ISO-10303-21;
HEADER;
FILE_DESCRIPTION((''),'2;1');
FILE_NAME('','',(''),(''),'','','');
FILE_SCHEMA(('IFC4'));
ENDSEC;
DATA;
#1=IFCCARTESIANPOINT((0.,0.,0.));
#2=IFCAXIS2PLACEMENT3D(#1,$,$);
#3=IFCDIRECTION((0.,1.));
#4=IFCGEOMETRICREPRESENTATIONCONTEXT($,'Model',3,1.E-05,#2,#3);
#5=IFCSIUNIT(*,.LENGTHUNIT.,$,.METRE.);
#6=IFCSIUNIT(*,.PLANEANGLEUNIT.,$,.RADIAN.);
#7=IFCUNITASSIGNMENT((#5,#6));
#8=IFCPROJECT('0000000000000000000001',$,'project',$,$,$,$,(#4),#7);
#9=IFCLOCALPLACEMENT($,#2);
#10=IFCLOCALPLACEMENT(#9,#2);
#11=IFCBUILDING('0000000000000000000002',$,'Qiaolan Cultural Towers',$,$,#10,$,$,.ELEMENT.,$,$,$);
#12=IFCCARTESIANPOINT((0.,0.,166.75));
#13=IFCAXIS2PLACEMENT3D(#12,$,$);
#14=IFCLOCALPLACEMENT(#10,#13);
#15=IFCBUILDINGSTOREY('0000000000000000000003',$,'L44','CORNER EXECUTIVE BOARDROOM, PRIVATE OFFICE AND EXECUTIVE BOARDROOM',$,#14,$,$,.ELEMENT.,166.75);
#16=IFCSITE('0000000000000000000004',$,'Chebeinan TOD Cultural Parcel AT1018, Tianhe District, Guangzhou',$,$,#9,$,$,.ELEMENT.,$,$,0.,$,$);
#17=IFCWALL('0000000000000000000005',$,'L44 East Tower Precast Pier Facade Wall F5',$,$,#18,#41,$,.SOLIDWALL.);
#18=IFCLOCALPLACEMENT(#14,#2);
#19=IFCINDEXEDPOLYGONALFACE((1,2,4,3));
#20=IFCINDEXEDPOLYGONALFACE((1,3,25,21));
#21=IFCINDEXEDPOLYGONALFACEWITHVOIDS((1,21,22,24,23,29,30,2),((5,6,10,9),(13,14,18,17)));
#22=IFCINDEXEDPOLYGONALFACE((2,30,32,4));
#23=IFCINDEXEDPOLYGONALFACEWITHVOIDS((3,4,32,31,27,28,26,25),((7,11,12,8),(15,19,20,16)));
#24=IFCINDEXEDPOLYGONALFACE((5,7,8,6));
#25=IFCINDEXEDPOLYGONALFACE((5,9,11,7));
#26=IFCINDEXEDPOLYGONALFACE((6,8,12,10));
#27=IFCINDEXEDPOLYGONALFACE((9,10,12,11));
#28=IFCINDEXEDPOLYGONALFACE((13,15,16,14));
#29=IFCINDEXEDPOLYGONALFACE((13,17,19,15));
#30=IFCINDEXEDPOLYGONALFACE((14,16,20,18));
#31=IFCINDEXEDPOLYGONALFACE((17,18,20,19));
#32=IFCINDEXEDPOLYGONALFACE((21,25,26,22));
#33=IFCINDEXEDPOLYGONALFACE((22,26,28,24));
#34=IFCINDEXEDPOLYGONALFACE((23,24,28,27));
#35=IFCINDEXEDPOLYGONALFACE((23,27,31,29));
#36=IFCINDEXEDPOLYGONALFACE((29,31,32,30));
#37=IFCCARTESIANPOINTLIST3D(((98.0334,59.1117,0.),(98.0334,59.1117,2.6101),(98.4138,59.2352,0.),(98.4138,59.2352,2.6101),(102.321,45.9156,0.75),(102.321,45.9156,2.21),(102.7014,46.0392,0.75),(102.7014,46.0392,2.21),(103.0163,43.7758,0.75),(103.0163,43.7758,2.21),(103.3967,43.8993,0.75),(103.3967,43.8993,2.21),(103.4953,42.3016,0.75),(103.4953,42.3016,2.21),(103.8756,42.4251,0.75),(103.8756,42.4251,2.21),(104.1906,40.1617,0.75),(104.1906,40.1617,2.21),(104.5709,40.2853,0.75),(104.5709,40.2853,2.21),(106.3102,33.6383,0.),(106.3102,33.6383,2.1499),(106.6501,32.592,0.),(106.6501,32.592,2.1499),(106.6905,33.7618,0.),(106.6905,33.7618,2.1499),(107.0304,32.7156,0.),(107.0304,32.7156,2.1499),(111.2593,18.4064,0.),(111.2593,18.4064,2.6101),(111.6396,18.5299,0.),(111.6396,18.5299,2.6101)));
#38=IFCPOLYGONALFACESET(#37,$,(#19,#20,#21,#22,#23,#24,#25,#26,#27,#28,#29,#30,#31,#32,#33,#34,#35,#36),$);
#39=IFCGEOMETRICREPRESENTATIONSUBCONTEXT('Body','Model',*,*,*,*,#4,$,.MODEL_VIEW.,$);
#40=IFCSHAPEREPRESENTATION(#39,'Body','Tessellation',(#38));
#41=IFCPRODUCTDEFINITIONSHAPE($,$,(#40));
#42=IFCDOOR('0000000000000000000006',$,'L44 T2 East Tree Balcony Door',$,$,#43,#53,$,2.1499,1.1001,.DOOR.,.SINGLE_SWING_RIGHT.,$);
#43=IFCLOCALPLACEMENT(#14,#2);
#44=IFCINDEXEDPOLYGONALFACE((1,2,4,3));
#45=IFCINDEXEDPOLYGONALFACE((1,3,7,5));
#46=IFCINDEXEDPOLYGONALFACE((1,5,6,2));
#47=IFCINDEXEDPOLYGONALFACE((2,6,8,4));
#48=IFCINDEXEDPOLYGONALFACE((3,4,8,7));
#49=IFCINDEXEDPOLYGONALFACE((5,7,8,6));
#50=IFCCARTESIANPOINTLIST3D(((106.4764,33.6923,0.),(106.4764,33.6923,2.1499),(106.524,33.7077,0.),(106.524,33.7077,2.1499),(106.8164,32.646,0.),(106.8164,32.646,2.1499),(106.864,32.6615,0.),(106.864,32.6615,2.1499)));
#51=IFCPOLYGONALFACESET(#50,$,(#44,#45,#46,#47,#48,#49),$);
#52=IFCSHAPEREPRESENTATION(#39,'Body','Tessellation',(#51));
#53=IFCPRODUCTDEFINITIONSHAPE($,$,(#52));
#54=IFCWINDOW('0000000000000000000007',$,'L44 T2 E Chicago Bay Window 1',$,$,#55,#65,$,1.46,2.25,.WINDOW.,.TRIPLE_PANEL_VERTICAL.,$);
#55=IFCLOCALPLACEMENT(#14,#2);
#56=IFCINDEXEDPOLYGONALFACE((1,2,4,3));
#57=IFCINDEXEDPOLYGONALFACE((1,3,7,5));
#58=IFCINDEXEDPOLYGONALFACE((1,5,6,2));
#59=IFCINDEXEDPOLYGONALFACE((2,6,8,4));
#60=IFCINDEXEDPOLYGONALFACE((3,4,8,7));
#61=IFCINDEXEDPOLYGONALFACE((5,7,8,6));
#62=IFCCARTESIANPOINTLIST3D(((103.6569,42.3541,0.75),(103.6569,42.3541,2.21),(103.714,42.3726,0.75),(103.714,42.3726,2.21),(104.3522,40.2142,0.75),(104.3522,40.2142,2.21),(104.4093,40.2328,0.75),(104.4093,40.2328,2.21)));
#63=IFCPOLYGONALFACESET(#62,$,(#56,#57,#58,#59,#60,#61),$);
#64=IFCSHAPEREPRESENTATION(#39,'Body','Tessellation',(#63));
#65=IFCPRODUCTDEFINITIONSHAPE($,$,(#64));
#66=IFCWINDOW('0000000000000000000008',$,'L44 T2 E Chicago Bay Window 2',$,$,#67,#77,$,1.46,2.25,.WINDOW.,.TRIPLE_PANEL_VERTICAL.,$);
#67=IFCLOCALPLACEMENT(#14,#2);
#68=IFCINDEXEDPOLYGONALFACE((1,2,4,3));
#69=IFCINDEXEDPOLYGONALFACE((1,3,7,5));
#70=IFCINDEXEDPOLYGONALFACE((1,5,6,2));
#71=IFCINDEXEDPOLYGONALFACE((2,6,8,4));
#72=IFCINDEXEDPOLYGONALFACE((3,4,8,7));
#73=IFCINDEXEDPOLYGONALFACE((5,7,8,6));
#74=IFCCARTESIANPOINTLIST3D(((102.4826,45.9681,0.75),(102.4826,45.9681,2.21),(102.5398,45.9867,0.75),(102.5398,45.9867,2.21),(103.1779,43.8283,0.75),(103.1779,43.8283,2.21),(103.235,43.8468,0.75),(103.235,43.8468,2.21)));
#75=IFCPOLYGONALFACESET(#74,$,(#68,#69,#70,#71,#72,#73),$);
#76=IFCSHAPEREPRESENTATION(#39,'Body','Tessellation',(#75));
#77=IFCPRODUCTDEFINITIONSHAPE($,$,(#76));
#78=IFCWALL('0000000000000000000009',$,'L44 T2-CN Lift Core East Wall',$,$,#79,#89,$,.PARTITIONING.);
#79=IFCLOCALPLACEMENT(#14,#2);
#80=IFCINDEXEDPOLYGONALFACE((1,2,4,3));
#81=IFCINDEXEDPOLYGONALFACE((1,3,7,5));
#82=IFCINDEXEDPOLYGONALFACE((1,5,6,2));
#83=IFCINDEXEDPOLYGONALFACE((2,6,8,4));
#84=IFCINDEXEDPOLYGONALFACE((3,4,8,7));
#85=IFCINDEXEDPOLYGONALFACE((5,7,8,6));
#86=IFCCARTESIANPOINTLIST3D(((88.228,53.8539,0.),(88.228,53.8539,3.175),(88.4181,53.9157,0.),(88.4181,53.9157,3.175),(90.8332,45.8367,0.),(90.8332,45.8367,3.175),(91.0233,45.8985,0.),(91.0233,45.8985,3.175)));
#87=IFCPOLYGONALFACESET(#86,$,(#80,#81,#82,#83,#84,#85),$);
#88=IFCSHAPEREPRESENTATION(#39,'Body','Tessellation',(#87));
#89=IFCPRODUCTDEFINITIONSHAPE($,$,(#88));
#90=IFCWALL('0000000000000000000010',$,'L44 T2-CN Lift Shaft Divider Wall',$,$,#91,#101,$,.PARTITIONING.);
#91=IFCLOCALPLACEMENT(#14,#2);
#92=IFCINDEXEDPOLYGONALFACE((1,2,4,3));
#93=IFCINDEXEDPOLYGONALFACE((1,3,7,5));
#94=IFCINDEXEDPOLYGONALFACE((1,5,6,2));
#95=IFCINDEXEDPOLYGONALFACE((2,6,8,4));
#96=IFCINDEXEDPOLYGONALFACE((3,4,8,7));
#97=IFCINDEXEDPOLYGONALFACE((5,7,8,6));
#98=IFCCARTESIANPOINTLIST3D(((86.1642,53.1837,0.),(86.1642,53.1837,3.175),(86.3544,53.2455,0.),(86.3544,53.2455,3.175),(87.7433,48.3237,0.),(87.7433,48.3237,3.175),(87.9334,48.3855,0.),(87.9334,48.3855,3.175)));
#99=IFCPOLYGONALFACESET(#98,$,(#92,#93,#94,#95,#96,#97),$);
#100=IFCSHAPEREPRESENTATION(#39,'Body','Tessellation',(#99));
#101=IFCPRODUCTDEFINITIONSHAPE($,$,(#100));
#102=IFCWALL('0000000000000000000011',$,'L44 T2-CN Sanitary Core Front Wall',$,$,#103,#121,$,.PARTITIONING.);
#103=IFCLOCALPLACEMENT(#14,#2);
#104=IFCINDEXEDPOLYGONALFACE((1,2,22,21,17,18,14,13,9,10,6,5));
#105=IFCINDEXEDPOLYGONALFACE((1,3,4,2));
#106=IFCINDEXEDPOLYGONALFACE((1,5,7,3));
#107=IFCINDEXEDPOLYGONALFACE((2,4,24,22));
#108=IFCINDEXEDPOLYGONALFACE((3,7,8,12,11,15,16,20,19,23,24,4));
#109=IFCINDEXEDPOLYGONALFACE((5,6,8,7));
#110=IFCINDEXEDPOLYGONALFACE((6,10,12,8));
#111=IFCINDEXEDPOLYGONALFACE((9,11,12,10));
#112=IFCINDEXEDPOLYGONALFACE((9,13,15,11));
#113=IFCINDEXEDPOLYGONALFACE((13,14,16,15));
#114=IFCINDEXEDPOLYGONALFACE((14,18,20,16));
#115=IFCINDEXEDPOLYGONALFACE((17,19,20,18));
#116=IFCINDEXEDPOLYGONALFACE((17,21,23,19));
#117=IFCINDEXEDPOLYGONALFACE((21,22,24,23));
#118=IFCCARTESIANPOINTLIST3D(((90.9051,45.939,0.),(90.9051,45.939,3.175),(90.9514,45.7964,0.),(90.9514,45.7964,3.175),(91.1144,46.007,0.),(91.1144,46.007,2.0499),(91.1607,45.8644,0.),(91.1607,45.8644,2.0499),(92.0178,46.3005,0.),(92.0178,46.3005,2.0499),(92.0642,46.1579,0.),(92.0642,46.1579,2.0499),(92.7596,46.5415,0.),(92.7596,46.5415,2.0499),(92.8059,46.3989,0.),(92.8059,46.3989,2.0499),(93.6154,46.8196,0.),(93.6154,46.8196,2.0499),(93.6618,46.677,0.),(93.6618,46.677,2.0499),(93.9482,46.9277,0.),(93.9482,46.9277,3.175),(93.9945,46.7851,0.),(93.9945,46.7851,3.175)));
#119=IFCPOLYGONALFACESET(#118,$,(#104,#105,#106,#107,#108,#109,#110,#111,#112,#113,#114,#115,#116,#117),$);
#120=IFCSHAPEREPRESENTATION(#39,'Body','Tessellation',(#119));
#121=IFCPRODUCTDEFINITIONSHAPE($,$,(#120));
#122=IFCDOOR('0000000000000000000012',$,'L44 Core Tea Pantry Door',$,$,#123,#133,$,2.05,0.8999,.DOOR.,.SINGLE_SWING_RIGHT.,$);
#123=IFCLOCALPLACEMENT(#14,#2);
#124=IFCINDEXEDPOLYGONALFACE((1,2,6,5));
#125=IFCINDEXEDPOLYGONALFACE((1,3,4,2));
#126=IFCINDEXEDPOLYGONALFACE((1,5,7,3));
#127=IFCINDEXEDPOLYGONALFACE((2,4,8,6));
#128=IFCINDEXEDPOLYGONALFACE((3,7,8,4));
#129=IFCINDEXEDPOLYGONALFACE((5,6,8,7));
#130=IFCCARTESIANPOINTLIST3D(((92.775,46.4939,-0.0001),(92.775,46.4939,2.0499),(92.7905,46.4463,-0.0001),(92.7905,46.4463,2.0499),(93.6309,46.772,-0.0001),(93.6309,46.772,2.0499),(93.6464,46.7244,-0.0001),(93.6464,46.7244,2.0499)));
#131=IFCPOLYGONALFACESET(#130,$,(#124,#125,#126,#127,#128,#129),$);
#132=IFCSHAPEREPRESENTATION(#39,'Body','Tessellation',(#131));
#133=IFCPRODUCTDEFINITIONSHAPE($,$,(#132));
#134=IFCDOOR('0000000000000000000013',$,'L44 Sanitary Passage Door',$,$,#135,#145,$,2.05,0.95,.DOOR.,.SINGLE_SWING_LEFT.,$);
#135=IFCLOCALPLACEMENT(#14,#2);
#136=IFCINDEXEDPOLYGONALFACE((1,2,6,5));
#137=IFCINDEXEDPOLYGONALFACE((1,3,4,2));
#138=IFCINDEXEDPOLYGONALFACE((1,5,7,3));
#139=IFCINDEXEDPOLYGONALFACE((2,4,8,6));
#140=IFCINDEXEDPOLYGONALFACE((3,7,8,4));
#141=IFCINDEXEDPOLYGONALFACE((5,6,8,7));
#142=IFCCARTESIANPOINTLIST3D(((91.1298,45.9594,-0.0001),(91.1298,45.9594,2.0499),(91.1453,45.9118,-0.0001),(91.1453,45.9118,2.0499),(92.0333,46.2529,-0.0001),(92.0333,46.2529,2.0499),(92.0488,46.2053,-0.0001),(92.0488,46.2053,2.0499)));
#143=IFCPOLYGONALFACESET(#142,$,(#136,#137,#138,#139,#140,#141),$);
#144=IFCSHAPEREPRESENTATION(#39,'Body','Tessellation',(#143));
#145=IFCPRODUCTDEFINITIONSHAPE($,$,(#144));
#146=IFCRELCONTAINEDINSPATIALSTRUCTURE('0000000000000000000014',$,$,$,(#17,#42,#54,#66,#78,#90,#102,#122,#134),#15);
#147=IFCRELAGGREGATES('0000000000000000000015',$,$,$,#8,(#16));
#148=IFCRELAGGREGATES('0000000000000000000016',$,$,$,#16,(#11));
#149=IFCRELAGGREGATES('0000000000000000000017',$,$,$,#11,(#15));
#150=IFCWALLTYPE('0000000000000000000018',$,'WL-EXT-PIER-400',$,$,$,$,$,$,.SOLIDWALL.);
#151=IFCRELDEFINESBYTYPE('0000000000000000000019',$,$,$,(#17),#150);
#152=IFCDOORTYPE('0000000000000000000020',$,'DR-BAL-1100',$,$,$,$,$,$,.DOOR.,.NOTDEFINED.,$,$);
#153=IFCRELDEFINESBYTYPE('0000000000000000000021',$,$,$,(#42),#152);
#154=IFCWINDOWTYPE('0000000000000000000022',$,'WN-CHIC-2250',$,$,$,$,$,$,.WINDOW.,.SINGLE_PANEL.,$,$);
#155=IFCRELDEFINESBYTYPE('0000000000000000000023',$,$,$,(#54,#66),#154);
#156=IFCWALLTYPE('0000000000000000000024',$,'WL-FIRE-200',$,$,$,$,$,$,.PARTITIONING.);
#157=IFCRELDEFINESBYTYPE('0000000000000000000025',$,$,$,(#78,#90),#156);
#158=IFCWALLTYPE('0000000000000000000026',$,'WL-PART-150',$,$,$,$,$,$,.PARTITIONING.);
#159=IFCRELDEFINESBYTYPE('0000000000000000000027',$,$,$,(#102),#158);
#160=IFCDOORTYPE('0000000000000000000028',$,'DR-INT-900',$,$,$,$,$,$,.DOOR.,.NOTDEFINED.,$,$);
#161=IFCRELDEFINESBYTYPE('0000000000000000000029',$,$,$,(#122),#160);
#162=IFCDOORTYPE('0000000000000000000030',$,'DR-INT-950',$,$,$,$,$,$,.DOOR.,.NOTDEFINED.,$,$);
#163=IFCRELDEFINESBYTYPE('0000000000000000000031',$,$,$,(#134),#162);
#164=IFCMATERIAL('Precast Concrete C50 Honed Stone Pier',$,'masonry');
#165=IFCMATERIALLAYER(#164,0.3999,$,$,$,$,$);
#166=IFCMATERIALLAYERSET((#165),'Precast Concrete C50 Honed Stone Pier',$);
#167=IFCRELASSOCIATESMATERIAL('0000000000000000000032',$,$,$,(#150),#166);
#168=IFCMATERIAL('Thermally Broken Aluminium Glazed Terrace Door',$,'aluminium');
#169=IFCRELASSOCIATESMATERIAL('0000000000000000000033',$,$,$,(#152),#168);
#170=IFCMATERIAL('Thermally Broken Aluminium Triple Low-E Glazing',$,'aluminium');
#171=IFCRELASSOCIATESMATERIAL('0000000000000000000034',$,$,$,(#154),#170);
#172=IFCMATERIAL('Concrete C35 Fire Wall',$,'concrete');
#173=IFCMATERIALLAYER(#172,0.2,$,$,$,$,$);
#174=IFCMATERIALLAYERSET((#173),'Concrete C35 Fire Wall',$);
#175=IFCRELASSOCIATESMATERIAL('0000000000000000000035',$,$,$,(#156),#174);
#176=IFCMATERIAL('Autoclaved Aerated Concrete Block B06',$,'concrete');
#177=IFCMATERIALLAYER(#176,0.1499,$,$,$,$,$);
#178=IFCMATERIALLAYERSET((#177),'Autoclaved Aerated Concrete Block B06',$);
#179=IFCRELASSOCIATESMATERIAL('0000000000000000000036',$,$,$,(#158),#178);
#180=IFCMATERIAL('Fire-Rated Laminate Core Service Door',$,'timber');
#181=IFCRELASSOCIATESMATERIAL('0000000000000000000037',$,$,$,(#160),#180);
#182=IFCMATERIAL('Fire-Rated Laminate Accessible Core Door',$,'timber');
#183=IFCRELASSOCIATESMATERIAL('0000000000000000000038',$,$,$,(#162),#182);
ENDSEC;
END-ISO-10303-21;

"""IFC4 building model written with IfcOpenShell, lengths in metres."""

from ifc_helpers import new_model, si_unit, direction, frame, frame_2d, origin, place, context, subcontext, project, spatial, rectangle, extrude, material, layer, layer_set, type_object, element, fill, save


model = new_model("IFC4")

# Units and contexts
model_context = context("Model", 3, precision=1e-05, world=origin(), true_north=direction((0.0, 1.0)))
body_context = subcontext(model_context, "Body", "Model", "MODEL_VIEW")
ifc_project = project(units=[si_unit("LENGTHUNIT", "METRE"), si_unit("PLANEANGLEUNIT", "RADIAN")], contexts=[model_context])

# Site, building, storey
site_placement = place(None, origin())
site = spatial("IfcSite", under=ifc_project, at=site_placement, Name="Chebeinan TOD Cultural Parcel AT1018, Tianhe District, Guangzhou", CompositionType="ELEMENT", RefElevation=0.0)
building_placement = place(site_placement, origin())
building = spatial("IfcBuilding", under=site, at=building_placement, Name="Qiaolan Cultural Towers", CompositionType="ELEMENT")
storey_placement = place(building_placement, frame((0.0, 0.0, 166.75)))
storey = spatial("IfcBuildingStorey", under=building, at=storey_placement, Name="L44", Description="CORNER EXECUTIVE BOARDROOM, PRIVATE OFFICE AND EXECUTIVE BOARDROOM", CompositionType="ELEMENT", Elevation=166.75)

# Shared definitions
ifc_material_1 = material(Name="Precast Concrete C50 Honed Stone Pier", Category="masonry")
ifc_layer_1 = layer(ifc_material_1, 0.3999)
ifc_layer_set_1 = layer_set([ifc_layer_1], Name="Precast Concrete C50 Honed Stone Pier")
wall_type_1 = type_object("IfcWallType", Name="WL-EXT-PIER-400", PredefinedType="SOLIDWALL", material=ifc_layer_set_1)

# Wall, openings, door, windows
wall_1_placement = place(storey_placement, frame((98.2236, 59.1733, 0.0), z_axis=(0.0, 0.0, 1.0), x_axis=(0.309014, -0.951057, 0.0)))
wall_1 = element("IfcWall", 1, at=wall_1_placement, inside=storey, type_object=wall_type_1, Name="L44 East Tower Precast Pier Facade Wall F5", PredefinedType="SOLIDWALL", context=body_context, shape_type="SweptSolid", body=[
    extrude(rectangle(XDim=42.8, YDim=0.3999, at=frame_2d((21.3999, 0.0))), origin(), (0.0, 0.0, 1.0), 2.6101),
])
opening_1_placement = place(wall_1_placement, frame((17.675, 0.0, 0.75)))
opening_1 = element("IfcOpeningElement", 2, at=opening_1_placement, cuts=wall_1, PredefinedType="OPENING", context=body_context, shape_type="SweptSolid", body=[
    extrude(rectangle(XDim=2.25, YDim=1.46, at=frame_2d((1.125, 0.73))), frame((0.0, 0.21, 0.0), z_axis=(0.0, -1.0, 0.0), x_axis=(1.0, 0.0, 0.0)), (0.0, 0.0, 1.0), 0.4199),
])
opening_2_placement = place(wall_1_placement, frame((13.875, 0.0, 0.75)))
opening_2 = element("IfcOpeningElement", 3, at=opening_2_placement, cuts=wall_1, PredefinedType="OPENING", context=body_context, shape_type="SweptSolid", body=[
    extrude(rectangle(XDim=2.25, YDim=1.46, at=frame_2d((1.125, 0.73))), frame((0.0, 0.21, 0.0), z_axis=(0.0, -1.0, 0.0), x_axis=(1.0, 0.0, 0.0)), (0.0, 0.0, 1.0), 0.4199),
])
opening_3_placement = place(wall_1_placement, frame((26.7842, 0.0, 0.0)))
opening_3 = element("IfcOpeningElement", 4, at=opening_3_placement, cuts=wall_1, PredefinedType="OPENING", context=body_context, shape_type="SweptSolid", body=[
    extrude(rectangle(XDim=1.1001, YDim=2.1499, at=frame_2d((0.55, 1.075))), frame((0.0, 0.21, 0.0), z_axis=(0.0, -1.0, 0.0), x_axis=(1.0, 0.0, 0.0)), (0.0, 0.0, 1.0), 0.4199),
])
ifc_material_2 = material(Name="Thermally Broken Aluminium Glazed Terrace Door", Category="aluminium")
door_type_1 = type_object("IfcDoorType", Name="DR-BAL-1100", OperationType="NOTDEFINED", PredefinedType="DOOR", material=ifc_material_2)
door_1_placement = place(opening_3_placement, origin())
door_1 = element("IfcDoor", 5, at=door_1_placement, inside=storey, type_object=door_type_1, Name="L44 T2 East Tree Balcony Door", OperationType="SINGLE_SWING_RIGHT", OverallHeight=2.1499, OverallWidth=1.1001, PredefinedType="DOOR", context=body_context, shape_type="SweptSolid", body=[
    extrude(rectangle(XDim=1.1001, YDim=2.1499, at=frame_2d((0.55, 1.075))), frame((0.0, 0.0249, 0.0), z_axis=(0.0, -1.0, 0.0), x_axis=(1.0, 0.0, 0.0)), (0.0, 0.0, 1.0), 0.05),
])
fill(opening_3, door_1)
ifc_material_3 = material(Name="Thermally Broken Aluminium Triple Low-E Glazing", Category="aluminium")
window_type = type_object("IfcWindowType", Name="WN-CHIC-2250", PartitioningType="SINGLE_PANEL", PredefinedType="WINDOW", material=ifc_material_3)
window_1_placement = place(opening_1_placement, origin())
window_1 = element("IfcWindow", 6, at=window_1_placement, inside=storey, type_object=window_type, Name="L44 T2 E Chicago Bay Window 1", OverallHeight=1.46, OverallWidth=2.25, PartitioningType="TRIPLE_PANEL_VERTICAL", PredefinedType="WINDOW", context=body_context, shape_type="SweptSolid", body=[
    extrude(rectangle(XDim=2.25, YDim=1.46, at=frame_2d((1.125, 0.73))), frame((0.0, 0.03, 0.0), z_axis=(0.0, -1.0, 0.0), x_axis=(1.0, 0.0, 0.0)), (0.0, 0.0, 1.0), 0.0601),
])
fill(opening_1, window_1)
window_2_placement = place(opening_2_placement, origin())
window_2 = element("IfcWindow", 7, at=window_2_placement, inside=storey, type_object=window_type, Name="L44 T2 E Chicago Bay Window 2", OverallHeight=1.46, OverallWidth=2.25, PartitioningType="TRIPLE_PANEL_VERTICAL", PredefinedType="WINDOW", context=body_context, shape_type="SweptSolid", body=[
    extrude(rectangle(XDim=2.25, YDim=1.46, at=frame_2d((1.125, 0.73))), frame((0.0, 0.03, 0.0), z_axis=(0.0, -1.0, 0.0), x_axis=(1.0, 0.0, 0.0)), (0.0, 0.0, 1.0), 0.0601),
])
fill(opening_2, window_2)

# Walls
ifc_material_4 = material(Name="Concrete C35 Fire Wall", Category="concrete")
ifc_layer_2 = layer(ifc_material_4, 0.2)
ifc_layer_set_2 = layer_set([ifc_layer_2], Name="Concrete C35 Fire Wall")
wall_type_2 = type_object("IfcWallType", Name="WL-FIRE-200", PredefinedType="PARTITIONING", material=ifc_layer_set_2)
wall_2_placement = place(storey_placement, frame((90.9282, 45.8677, 0.0), z_axis=(0.0, 0.0, 1.0), x_axis=(-0.309042, 0.951048, 0.0)))
element("IfcWall", 8, at=wall_2_placement, inside=storey, type_object=wall_type_2, Name="L44 T2-CN Lift Core East Wall", PredefinedType="PARTITIONING", context=body_context, shape_type="SweptSolid", body=[
    extrude(rectangle(XDim=8.4299, YDim=0.2, at=frame_2d((4.2148, 0.0))), origin(), (0.0, 0.0, 1.0), 3.175),
])
wall_3_placement = place(storey_placement, frame((87.8384, 48.3545, 0.0), z_axis=(0.0, 0.0, 1.0), x_axis=(-0.309009, 0.951059, 0.0)))
element("IfcWall", 9, at=wall_3_placement, inside=storey, type_object=wall_type_2, Name="L44 T2-CN Lift Shaft Divider Wall", PredefinedType="PARTITIONING", context=body_context, shape_type="SweptSolid", body=[
    extrude(rectangle(XDim=5.1101, YDim=0.2, at=frame_2d((2.5552, 0.0))), origin(), (0.0, 0.0, 1.0), 3.175),
])

# Wall, openings, doors
ifc_material_5 = material(Name="Autoclaved Aerated Concrete Block B06", Category="concrete")
ifc_layer_3 = layer(ifc_material_5, 0.1499)
ifc_layer_set_3 = layer_set([ifc_layer_3], Name="Autoclaved Aerated Concrete Block B06")
wall_type_3 = type_object("IfcWallType", Name="WL-PART-150", PredefinedType="PARTITIONING", material=ifc_layer_set_3)
wall_4_placement = place(storey_placement, frame((90.9282, 45.8677, 0.0), z_axis=(0.0, 0.0, 1.0), x_axis=(0.951059, 0.309008, 0.0)))
wall_4 = element("IfcWall", 10, at=wall_4_placement, inside=storey, type_object=wall_type_3, Name="L44 T2-CN Sanitary Core Front Wall", PredefinedType="PARTITIONING", context=body_context, shape_type="SweptSolid", body=[
    extrude(rectangle(XDim=3.1997, YDim=0.1499, at=frame_2d((1.5999, 0.0))), origin(), (0.0, 0.0, 1.0), 3.175),
])
opening_4_placement = place(wall_4_placement, frame((0.22, 0.0, 0.0)))
opening_4 = element("IfcOpeningElement", 11, at=opening_4_placement, cuts=wall_4, PredefinedType="OPENING", context=body_context, shape_type="SweptSolid", body=[
    extrude(rectangle(XDim=0.95, YDim=2.05, at=frame_2d((0.4751, 1.0249))), frame((0.0, 0.085, 0.0), z_axis=(0.0, -1.0, 0.0), x_axis=(1.0, 0.0, 0.0)), (0.0, 0.0, 1.0), 0.1699),
])
opening_5_placement = place(wall_4_placement, frame((1.95, 0.0, 0.0)))
opening_5 = element("IfcOpeningElement", 12, at=opening_5_placement, cuts=wall_4, PredefinedType="OPENING", context=body_context, shape_type="SweptSolid", body=[
    extrude(rectangle(XDim=0.8999, YDim=2.05, at=frame_2d((0.45, 1.0249))), frame((0.0, 0.085, 0.0), z_axis=(0.0, -1.0, 0.0), x_axis=(1.0, 0.0, 0.0)), (0.0, 0.0, 1.0), 0.1699),
])
ifc_material_6 = material(Name="Fire-Rated Laminate Core Service Door", Category="timber")
door_type_2 = type_object("IfcDoorType", Name="DR-INT-900", OperationType="NOTDEFINED", PredefinedType="DOOR", material=ifc_material_6)
door_2_placement = place(opening_5_placement, origin())
door_2 = element("IfcDoor", 13, at=door_2_placement, inside=storey, type_object=door_type_2, Name="L44 Core Tea Pantry Door", OperationType="SINGLE_SWING_RIGHT", OverallHeight=2.05, OverallWidth=0.8999, PredefinedType="DOOR", context=body_context, shape_type="SweptSolid", body=[
    extrude(rectangle(XDim=0.8999, YDim=2.05, at=frame_2d((0.45, 1.0249))), frame((0.0, 0.0249, 0.0), z_axis=(0.0, -1.0, 0.0), x_axis=(1.0, 0.0, 0.0)), (0.0, 0.0, 1.0), 0.05),
])
fill(opening_5, door_2)
ifc_material_7 = material(Name="Fire-Rated Laminate Accessible Core Door", Category="timber")
door_type_3 = type_object("IfcDoorType", Name="DR-INT-950", OperationType="NOTDEFINED", PredefinedType="DOOR", material=ifc_material_7)
door_3_placement = place(opening_4_placement, origin())
door_3 = element("IfcDoor", 14, at=door_3_placement, inside=storey, type_object=door_type_3, Name="L44 Sanitary Passage Door", OperationType="SINGLE_SWING_LEFT", OverallHeight=2.05, OverallWidth=0.95, PredefinedType="DOOR", context=body_context, shape_type="SweptSolid", body=[
    extrude(rectangle(XDim=0.95, YDim=2.05, at=frame_2d((0.4751, 1.0249))), frame((0.0, 0.0249, 0.0), z_axis=(0.0, -1.0, 0.0), x_axis=(1.0, 0.0, 0.0)), (0.0, 0.0, 1.0), 0.05),
])
fill(opening_4, door_3)

save(model, "model.ifc")
